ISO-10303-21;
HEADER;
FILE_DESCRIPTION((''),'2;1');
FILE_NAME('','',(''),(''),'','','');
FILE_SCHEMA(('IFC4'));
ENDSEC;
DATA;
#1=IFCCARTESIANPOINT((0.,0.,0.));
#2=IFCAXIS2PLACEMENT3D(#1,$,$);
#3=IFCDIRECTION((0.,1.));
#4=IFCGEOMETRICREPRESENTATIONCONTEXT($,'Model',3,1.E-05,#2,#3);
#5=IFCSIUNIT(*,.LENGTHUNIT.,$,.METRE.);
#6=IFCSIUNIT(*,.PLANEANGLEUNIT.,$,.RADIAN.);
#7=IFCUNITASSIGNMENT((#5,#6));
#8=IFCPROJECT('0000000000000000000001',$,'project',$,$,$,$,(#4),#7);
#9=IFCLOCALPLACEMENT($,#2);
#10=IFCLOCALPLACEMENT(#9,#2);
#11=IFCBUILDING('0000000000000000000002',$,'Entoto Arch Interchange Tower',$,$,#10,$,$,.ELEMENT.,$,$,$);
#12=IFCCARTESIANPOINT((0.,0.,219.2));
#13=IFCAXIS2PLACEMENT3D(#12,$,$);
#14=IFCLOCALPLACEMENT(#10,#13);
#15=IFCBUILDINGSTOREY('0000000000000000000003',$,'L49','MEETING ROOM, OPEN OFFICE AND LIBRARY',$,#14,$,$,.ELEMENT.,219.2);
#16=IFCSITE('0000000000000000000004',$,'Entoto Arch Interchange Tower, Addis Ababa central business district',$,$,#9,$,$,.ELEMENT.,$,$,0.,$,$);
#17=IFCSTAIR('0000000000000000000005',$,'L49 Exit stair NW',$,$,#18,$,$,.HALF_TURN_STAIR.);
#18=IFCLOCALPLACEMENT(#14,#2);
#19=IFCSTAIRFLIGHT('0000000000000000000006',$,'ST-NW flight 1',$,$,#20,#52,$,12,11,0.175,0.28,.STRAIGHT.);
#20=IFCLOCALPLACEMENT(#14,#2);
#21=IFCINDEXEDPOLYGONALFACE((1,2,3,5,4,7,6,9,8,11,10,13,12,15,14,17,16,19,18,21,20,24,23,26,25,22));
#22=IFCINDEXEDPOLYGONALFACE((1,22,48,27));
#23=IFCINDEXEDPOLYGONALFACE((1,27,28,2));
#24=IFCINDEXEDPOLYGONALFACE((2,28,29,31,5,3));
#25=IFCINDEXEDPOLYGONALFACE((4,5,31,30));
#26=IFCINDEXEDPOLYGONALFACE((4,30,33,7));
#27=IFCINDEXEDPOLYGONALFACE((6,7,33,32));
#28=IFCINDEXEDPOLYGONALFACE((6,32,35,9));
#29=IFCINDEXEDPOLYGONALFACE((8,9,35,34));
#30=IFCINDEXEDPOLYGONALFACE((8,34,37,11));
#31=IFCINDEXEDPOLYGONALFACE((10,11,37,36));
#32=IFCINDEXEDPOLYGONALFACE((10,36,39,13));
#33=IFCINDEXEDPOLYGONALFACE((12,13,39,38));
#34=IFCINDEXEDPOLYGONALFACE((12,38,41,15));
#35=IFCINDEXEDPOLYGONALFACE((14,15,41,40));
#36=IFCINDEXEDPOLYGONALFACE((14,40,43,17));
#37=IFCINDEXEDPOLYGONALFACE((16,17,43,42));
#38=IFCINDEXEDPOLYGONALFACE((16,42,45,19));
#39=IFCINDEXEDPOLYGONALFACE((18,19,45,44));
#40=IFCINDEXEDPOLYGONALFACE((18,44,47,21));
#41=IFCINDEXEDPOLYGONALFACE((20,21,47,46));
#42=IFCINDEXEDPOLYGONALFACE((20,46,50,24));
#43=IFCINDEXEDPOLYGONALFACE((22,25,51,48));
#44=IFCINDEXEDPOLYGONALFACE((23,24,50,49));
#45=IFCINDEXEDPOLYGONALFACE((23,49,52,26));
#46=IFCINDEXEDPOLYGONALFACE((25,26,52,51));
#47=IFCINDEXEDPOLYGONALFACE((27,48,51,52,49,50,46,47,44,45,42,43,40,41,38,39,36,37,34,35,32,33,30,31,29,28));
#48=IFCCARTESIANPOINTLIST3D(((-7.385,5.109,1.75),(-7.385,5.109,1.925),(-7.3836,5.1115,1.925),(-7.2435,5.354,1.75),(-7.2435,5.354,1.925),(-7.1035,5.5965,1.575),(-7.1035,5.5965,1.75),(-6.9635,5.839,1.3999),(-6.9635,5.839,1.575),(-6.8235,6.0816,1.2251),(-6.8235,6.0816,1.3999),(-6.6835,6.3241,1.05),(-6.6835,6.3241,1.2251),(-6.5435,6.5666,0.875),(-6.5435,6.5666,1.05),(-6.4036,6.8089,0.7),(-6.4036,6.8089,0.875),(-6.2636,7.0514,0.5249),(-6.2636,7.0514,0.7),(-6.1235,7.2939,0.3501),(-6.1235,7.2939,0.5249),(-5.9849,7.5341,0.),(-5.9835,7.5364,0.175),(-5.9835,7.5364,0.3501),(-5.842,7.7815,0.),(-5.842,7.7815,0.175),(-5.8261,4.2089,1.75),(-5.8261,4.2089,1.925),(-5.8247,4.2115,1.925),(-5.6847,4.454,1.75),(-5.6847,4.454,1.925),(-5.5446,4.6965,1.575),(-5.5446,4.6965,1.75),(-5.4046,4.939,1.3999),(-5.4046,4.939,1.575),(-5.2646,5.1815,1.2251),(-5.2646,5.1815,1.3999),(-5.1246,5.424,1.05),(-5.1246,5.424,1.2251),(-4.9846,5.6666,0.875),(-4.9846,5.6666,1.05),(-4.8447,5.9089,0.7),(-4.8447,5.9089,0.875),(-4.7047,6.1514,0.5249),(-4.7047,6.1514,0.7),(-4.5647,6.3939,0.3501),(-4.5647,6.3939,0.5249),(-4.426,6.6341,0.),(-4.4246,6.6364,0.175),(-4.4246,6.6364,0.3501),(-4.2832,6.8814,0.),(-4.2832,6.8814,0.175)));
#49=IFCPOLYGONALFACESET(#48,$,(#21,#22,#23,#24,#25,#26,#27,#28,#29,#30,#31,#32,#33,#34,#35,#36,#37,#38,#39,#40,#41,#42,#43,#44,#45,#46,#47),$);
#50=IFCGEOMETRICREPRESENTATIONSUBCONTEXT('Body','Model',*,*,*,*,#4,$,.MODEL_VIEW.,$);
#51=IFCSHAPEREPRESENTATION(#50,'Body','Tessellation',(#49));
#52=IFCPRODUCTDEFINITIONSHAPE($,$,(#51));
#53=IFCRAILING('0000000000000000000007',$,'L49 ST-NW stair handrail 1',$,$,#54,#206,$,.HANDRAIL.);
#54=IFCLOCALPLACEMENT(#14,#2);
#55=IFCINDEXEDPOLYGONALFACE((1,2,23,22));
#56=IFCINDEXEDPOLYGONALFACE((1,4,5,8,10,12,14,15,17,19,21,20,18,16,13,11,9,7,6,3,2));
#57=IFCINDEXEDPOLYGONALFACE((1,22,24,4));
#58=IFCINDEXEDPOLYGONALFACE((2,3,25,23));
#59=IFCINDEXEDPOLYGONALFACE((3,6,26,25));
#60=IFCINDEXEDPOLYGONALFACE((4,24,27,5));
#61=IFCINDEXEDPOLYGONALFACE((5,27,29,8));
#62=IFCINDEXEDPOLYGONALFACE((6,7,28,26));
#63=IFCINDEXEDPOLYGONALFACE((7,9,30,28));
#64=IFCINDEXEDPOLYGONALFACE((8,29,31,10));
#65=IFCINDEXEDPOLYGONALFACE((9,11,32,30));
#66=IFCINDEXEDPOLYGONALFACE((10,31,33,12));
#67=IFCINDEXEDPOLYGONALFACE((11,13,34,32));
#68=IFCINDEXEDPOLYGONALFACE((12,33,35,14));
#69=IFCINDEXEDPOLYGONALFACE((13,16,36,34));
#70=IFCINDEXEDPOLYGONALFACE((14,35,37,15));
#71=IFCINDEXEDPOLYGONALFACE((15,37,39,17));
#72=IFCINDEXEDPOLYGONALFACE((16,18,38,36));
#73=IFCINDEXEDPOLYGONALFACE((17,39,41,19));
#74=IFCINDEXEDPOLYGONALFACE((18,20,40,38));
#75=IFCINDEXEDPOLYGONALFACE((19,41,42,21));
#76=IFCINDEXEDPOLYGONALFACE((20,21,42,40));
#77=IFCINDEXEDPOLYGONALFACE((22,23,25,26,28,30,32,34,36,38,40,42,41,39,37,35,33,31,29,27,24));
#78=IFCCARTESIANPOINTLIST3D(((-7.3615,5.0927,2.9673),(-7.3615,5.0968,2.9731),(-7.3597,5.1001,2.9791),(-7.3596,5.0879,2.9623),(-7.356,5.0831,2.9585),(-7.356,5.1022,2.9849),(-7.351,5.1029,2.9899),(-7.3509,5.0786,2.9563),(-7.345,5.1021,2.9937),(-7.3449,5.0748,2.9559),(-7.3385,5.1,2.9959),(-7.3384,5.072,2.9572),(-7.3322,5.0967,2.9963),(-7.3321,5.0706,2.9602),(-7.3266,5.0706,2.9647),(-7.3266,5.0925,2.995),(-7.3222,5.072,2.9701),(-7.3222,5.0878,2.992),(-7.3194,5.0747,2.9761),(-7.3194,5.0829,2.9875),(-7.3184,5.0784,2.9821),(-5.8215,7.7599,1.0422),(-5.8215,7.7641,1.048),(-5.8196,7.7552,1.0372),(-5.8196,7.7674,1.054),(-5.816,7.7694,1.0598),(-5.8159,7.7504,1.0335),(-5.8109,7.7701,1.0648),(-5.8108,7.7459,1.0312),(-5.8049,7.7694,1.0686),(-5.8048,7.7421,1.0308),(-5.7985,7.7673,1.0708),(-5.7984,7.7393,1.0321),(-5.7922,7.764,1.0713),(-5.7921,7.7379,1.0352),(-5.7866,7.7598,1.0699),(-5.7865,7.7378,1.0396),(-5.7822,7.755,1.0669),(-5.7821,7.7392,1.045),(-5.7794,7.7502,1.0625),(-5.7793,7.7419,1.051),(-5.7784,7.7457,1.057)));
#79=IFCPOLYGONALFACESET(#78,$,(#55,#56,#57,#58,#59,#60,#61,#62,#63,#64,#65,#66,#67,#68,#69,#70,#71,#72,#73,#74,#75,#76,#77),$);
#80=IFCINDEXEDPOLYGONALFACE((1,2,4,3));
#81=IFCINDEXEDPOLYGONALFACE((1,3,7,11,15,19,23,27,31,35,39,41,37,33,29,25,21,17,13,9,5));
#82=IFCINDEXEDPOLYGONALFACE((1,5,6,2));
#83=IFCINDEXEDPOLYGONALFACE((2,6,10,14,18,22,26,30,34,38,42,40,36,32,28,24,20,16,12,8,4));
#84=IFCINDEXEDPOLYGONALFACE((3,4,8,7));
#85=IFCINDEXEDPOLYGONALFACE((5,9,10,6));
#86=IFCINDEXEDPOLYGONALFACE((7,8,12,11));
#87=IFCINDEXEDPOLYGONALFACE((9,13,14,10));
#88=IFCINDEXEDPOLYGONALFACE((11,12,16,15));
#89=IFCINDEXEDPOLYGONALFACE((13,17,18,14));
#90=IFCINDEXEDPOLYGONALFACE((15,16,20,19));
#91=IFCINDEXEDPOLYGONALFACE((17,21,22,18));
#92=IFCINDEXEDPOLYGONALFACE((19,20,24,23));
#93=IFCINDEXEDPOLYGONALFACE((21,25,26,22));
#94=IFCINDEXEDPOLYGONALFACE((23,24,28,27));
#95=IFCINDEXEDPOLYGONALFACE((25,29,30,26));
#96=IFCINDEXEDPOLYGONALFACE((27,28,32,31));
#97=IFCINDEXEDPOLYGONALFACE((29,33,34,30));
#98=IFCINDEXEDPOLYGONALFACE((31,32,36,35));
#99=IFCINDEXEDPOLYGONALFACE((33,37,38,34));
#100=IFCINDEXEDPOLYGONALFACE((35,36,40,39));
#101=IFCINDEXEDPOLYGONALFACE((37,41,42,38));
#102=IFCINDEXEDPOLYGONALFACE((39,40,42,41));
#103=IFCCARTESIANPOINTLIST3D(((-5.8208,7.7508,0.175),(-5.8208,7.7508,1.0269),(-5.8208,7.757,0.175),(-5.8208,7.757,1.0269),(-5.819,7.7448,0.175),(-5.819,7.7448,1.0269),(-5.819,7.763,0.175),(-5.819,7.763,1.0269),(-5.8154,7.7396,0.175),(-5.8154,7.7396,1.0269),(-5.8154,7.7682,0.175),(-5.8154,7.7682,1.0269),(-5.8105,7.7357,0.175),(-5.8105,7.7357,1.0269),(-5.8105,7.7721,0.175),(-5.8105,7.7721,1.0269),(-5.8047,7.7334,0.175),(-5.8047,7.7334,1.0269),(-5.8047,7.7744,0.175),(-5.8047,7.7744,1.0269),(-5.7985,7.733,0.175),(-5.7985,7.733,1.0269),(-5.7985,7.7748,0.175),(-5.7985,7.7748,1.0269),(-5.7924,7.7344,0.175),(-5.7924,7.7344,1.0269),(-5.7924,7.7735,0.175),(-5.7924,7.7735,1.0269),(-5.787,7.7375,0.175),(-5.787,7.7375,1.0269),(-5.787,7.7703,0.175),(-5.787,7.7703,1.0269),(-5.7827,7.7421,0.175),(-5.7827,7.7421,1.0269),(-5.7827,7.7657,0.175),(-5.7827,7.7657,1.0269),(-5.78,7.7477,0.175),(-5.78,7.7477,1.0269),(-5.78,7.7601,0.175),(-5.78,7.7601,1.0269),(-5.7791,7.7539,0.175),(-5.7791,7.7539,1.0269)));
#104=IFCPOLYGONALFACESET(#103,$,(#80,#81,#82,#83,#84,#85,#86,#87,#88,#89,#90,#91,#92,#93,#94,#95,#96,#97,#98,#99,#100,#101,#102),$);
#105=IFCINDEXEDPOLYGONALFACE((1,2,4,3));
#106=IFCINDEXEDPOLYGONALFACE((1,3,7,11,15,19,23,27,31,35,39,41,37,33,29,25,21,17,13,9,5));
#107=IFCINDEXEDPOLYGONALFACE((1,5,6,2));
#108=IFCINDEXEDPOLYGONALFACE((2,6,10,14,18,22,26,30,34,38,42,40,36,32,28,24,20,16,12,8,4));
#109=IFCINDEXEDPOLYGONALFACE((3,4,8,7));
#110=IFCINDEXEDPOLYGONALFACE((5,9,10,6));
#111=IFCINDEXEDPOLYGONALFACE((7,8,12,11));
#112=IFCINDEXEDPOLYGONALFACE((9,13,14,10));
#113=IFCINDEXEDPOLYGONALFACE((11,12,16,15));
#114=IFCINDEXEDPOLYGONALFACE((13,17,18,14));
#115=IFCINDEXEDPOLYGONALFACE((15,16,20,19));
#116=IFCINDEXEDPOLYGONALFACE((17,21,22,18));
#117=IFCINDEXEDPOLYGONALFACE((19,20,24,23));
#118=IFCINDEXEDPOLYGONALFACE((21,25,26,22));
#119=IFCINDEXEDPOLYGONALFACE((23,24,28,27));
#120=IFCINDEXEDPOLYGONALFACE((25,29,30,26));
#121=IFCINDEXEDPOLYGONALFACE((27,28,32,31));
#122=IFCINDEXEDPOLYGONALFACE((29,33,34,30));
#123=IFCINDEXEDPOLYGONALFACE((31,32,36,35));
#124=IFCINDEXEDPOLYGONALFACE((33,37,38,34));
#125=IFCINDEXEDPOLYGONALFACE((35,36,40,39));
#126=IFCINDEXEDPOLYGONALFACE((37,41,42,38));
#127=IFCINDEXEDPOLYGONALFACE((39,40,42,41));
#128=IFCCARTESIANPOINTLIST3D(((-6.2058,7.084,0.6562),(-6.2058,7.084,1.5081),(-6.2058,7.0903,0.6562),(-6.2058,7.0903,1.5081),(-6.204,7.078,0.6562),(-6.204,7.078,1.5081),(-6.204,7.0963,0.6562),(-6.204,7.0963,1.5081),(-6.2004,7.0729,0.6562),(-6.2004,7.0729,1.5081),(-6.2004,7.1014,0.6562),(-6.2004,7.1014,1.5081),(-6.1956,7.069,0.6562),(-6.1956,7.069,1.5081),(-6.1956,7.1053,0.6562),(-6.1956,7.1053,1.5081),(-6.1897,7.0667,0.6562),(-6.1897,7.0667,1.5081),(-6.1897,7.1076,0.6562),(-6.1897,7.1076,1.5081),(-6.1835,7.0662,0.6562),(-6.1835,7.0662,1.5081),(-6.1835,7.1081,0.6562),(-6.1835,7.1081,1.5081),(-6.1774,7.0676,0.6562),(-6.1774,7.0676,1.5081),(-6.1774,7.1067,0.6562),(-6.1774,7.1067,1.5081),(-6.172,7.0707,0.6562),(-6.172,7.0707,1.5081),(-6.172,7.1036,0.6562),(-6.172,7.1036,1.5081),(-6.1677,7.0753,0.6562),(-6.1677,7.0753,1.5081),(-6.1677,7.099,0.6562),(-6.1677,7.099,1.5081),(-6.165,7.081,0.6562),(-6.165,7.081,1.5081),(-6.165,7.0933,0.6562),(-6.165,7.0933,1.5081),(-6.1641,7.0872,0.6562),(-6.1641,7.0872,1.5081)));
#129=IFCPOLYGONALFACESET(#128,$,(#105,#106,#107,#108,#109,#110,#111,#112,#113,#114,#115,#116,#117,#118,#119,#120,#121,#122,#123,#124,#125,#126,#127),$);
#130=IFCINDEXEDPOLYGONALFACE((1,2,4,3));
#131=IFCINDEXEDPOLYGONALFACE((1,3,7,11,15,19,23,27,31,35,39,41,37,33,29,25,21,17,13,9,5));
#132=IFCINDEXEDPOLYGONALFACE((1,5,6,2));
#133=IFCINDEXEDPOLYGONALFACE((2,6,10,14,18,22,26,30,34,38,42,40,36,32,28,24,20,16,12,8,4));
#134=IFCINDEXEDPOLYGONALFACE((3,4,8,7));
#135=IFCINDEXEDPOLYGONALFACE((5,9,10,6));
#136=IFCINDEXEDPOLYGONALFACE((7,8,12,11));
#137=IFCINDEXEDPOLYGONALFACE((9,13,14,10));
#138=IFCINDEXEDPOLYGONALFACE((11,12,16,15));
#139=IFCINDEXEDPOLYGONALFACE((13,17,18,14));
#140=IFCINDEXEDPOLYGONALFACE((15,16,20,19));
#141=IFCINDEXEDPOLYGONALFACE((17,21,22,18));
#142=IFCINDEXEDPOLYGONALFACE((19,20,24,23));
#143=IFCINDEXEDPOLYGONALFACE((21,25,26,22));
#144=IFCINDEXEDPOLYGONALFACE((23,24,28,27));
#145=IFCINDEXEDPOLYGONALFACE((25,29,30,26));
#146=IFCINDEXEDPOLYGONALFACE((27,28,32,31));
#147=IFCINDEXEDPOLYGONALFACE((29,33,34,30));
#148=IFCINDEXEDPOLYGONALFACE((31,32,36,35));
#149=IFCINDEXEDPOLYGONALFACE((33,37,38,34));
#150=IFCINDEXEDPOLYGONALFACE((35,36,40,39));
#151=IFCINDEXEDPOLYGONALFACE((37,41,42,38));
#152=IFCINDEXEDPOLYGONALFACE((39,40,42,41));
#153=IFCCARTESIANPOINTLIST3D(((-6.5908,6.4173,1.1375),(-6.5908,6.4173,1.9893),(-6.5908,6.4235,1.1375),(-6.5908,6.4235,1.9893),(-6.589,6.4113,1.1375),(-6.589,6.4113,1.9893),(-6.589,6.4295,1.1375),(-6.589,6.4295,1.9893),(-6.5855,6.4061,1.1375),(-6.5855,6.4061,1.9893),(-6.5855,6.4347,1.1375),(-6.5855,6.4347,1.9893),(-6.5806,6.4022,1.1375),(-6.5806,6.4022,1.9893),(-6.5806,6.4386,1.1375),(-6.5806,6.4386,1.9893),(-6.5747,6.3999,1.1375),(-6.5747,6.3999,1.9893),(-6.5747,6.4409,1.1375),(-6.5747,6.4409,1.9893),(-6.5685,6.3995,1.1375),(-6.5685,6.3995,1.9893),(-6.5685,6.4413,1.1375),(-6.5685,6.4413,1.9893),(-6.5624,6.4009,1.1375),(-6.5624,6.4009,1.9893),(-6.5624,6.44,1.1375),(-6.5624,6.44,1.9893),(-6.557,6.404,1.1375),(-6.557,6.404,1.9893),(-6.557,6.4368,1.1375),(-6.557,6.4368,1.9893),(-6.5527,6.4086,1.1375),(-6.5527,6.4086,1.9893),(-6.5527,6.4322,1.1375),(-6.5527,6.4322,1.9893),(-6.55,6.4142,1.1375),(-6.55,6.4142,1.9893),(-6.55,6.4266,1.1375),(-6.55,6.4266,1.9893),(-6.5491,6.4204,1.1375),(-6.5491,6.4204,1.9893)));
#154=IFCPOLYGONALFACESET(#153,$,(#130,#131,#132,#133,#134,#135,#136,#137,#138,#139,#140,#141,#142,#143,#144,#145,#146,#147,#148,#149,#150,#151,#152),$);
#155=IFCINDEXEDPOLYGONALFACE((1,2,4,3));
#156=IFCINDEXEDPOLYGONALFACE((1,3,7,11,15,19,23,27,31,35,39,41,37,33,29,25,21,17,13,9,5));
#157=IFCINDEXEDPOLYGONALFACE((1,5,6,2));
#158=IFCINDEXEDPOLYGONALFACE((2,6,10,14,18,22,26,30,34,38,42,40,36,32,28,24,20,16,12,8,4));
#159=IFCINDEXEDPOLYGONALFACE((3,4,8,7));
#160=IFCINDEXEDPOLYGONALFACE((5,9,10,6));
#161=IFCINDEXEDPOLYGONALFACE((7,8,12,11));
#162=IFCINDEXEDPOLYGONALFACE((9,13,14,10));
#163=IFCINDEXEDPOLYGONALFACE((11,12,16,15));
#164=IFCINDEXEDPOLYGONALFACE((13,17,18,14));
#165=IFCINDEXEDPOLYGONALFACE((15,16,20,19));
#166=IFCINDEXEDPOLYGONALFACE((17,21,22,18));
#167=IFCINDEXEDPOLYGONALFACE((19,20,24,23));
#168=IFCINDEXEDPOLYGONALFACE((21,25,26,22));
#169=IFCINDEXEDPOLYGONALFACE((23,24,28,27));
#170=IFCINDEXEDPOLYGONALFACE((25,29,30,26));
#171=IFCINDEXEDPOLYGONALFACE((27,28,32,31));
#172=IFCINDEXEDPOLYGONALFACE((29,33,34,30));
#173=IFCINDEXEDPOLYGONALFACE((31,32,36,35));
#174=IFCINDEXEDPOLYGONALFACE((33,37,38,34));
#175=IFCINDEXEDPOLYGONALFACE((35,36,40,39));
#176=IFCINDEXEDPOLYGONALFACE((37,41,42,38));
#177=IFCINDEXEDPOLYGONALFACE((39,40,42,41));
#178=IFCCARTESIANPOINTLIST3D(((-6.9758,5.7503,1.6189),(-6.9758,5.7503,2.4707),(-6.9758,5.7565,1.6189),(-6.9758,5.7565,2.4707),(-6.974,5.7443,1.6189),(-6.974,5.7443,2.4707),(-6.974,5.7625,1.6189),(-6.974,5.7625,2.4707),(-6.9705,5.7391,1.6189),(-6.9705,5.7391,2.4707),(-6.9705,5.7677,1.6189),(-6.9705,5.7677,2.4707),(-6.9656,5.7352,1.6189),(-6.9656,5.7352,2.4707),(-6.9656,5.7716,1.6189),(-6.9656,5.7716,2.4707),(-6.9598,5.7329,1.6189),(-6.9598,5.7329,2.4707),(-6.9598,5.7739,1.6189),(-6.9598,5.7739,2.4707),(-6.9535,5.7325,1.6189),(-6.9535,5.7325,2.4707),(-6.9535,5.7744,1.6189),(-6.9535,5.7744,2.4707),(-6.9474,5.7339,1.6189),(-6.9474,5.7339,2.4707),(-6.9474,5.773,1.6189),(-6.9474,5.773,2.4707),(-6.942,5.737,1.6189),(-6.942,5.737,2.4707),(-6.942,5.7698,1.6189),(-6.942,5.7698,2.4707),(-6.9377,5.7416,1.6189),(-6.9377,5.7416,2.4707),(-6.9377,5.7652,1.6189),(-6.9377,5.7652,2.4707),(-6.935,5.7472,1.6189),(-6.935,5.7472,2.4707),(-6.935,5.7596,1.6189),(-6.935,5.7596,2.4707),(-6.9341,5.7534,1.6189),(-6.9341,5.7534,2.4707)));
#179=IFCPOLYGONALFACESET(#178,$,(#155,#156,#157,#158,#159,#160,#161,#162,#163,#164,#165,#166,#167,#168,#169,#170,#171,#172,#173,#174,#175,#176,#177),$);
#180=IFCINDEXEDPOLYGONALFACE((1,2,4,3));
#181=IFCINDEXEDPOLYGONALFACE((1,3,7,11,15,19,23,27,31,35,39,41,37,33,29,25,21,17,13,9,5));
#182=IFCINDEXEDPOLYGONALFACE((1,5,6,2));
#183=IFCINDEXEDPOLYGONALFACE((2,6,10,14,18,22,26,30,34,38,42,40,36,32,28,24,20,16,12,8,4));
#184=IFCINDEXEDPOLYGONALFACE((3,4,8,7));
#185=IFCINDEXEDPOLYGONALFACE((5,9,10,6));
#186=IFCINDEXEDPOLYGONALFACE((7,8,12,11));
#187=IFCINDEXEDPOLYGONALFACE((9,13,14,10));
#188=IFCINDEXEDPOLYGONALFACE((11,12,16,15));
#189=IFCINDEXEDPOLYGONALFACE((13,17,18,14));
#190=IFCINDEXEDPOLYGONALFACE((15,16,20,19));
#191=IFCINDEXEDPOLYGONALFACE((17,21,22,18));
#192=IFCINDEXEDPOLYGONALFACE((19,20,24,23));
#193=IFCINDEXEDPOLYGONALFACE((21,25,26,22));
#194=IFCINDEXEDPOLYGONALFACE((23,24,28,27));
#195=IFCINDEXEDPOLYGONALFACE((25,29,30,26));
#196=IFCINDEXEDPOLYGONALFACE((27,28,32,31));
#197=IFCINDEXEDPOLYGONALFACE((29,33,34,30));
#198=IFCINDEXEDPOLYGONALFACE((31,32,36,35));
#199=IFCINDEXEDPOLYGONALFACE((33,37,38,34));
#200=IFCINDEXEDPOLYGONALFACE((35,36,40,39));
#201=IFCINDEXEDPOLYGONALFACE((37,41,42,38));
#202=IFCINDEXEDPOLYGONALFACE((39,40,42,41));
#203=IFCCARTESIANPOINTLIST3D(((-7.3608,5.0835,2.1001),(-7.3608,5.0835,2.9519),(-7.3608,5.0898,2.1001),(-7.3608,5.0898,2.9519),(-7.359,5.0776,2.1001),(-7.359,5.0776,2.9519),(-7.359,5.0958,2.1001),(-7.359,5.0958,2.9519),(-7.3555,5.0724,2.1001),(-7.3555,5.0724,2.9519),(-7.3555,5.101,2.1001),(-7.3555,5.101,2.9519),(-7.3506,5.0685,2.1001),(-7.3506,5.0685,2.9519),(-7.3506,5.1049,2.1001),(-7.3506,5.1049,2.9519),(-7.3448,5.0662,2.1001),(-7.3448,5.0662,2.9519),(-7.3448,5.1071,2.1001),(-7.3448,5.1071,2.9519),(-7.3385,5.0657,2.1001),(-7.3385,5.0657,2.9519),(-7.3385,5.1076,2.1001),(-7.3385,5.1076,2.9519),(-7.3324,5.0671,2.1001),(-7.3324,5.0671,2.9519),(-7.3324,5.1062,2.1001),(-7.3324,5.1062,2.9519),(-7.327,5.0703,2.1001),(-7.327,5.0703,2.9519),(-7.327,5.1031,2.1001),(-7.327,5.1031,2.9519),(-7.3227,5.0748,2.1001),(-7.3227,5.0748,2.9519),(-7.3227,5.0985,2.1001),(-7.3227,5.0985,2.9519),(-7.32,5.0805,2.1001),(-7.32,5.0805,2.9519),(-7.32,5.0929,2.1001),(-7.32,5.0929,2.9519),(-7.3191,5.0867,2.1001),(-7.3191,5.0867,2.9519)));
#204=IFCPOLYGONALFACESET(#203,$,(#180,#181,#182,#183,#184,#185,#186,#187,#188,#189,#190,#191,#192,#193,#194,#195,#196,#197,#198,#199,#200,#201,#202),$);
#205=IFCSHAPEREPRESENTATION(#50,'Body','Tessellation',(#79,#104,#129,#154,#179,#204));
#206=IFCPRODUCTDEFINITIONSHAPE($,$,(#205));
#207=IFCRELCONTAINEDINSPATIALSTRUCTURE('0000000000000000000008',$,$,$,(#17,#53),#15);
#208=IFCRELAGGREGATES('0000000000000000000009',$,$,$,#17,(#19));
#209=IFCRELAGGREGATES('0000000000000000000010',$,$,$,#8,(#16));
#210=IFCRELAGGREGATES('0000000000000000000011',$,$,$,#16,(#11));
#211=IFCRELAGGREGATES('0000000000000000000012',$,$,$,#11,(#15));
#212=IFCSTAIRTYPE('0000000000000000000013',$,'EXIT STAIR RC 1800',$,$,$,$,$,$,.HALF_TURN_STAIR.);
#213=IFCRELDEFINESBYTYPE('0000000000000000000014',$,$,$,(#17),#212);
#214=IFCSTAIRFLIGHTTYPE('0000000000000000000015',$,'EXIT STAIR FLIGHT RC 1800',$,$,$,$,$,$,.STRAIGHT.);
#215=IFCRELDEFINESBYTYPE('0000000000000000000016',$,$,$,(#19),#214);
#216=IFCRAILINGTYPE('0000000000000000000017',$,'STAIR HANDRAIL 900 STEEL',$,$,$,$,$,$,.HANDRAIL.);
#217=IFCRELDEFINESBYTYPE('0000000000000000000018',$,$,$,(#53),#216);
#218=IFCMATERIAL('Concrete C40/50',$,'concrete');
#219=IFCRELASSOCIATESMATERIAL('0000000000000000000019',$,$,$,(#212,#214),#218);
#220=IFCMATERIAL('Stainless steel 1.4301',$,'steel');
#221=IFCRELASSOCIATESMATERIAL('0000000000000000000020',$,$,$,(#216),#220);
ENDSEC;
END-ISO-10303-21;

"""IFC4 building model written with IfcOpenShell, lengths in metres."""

from ifc_helpers import new_model, si_unit, direction, frame, origin, origin_2d, place, context, subcontext, project, spatial, polyline, circle, outline, extrude, material, type_object, element, aggregate, save


model = new_model("IFC4")

# Units and contexts
model_context = context("Model", 3, precision=1e-05, world=origin(), true_north=direction((0.0, 1.0)))
body_context = subcontext(model_context, "Body", "Model", "MODEL_VIEW")
ifc_project = project(units=[si_unit("LENGTHUNIT", "METRE"), si_unit("PLANEANGLEUNIT", "RADIAN")], contexts=[model_context])

# Site, building, storey
site_placement = place(None, origin())
site = spatial("IfcSite", under=ifc_project, at=site_placement, Name="Entoto Arch Interchange Tower, Addis Ababa central business district", CompositionType="ELEMENT", RefElevation=0.0)
building_placement = place(site_placement, origin())
building = spatial("IfcBuilding", under=site, at=building_placement, Name="Entoto Arch Interchange Tower", CompositionType="ELEMENT")
storey_placement = place(building_placement, frame((0.0, 0.0, 219.2)))
storey = spatial("IfcBuildingStorey", under=building, at=storey_placement, Name="L49", Description="MEETING ROOM, OPEN OFFICE AND LIBRARY", CompositionType="ELEMENT", Elevation=219.2)

# Shared definitions
ifc_material_1 = material(Name="Concrete C40/50", Category="concrete")

# Stair, stair flight
stair_type = type_object("IfcStairType", Name="EXIT STAIR RC 1800", PredefinedType="HALF_TURN_STAIR", material=ifc_material_1)
stair_placement = place(storey_placement, origin())
stair = element("IfcStair", 1, at=stair_placement, inside=storey, type_object=stair_type, Name="L49 Exit stair NW", PredefinedType="HALF_TURN_STAIR")
stair_flight_type = type_object("IfcStairFlightType", Name="EXIT STAIR FLIGHT RC 1800", PredefinedType="STRAIGHT", material=ifc_material_1)
stair_flight_placement = place(storey_placement, frame((-5.064, 7.3289, 0.0), z_axis=(0.0, 0.0, 1.0), x_axis=(-0.5, -0.866025, 0.0)))
stair_flight = element("IfcStairFlight", 2, at=stair_flight_placement, type_object=stair_flight_type, Name="ST-NW flight 1", NumberOfRisers=12, NumberOfTreads=11, PredefinedType="STRAIGHT", RiserHeight=0.175, TreadLength=0.28, context=body_context, shape_type="SweptSolid", body=[
    extrude(outline(polyline([(-0.0029, 0.0), (-0.0029, 0.175), (0.28, 0.175), (0.28, 0.3501), (0.5601, 0.3501), (0.5601, 0.5249), (0.8401, 0.5249), (0.8401, 0.7), (1.1201, 0.7), (1.1201, 0.875), (1.3999, 0.875), (1.3999, 1.05), (1.6799, 1.05), (1.6799, 1.2251), (1.96, 1.2251), (1.96, 1.3999), (2.24, 1.3999), (2.24, 1.575), (2.52, 1.575), (2.52, 1.75), (2.8, 1.75), (2.8, 1.925), (3.0801, 1.925), (3.083, 1.925), (3.083, 1.75), (0.2827, 0.0), (-0.0029, 0.0)])), frame((0.0, 0.8999, 0.0), z_axis=(0.0, -1.0, 0.0), x_axis=(1.0, 0.0, 0.0)), (0.0, 0.0, 1.0), 1.8),
])
aggregate(stair, [stair_flight])

# Railing
ifc_material_2 = material(Name="Stainless steel 1.4301", Category="steel")
railing_type = type_object("IfcRailingType", Name="STAIR HANDRAIL 900 STEEL", PredefinedType="HANDRAIL", material=ifc_material_2)
railing_placement = place(storey_placement, frame((-5.8, 7.7539, 0.175)))
element("IfcRailing", 3, at=railing_placement, inside=storey, type_object=railing_type, Name="L49 ST-NW stair handrail 1", PredefinedType="HANDRAIL", context=body_context, shape_type="SweptSolid", body=[
    extrude(circle(Radius=0.0239, at=origin_2d()), frame((0.0, 0.0, 0.876), z_axis=(-0.424015, -0.734364, 0.530019), x_axis=(0.86601, -0.500027, 0.0)), (0.0, 0.0, 1.0), 3.6321),
    extrude(circle(Radius=0.021, at=origin_2d()), origin(), (0.0, 0.0, 1.0), 0.8518),
    extrude(circle(Radius=0.021, at=origin_2d()), frame((-0.385, -0.6667, 0.4812)), (0.0, 0.0, 1.0), 0.8518),
    extrude(circle(Radius=0.021, at=origin_2d()), frame((-0.77, -1.3335, 0.9624)), (0.0, 0.0, 1.0), 0.8518),
    extrude(circle(Radius=0.021, at=origin_2d()), frame((-1.155, -2.0005, 1.4438)), (0.0, 0.0, 1.0), 0.8518),
    extrude(circle(Radius=0.021, at=origin_2d()), frame((-1.54, -2.6672, 1.925)), (0.0, 0.0, 1.0), 0.8518),
])

save(model, "model.ifc")
